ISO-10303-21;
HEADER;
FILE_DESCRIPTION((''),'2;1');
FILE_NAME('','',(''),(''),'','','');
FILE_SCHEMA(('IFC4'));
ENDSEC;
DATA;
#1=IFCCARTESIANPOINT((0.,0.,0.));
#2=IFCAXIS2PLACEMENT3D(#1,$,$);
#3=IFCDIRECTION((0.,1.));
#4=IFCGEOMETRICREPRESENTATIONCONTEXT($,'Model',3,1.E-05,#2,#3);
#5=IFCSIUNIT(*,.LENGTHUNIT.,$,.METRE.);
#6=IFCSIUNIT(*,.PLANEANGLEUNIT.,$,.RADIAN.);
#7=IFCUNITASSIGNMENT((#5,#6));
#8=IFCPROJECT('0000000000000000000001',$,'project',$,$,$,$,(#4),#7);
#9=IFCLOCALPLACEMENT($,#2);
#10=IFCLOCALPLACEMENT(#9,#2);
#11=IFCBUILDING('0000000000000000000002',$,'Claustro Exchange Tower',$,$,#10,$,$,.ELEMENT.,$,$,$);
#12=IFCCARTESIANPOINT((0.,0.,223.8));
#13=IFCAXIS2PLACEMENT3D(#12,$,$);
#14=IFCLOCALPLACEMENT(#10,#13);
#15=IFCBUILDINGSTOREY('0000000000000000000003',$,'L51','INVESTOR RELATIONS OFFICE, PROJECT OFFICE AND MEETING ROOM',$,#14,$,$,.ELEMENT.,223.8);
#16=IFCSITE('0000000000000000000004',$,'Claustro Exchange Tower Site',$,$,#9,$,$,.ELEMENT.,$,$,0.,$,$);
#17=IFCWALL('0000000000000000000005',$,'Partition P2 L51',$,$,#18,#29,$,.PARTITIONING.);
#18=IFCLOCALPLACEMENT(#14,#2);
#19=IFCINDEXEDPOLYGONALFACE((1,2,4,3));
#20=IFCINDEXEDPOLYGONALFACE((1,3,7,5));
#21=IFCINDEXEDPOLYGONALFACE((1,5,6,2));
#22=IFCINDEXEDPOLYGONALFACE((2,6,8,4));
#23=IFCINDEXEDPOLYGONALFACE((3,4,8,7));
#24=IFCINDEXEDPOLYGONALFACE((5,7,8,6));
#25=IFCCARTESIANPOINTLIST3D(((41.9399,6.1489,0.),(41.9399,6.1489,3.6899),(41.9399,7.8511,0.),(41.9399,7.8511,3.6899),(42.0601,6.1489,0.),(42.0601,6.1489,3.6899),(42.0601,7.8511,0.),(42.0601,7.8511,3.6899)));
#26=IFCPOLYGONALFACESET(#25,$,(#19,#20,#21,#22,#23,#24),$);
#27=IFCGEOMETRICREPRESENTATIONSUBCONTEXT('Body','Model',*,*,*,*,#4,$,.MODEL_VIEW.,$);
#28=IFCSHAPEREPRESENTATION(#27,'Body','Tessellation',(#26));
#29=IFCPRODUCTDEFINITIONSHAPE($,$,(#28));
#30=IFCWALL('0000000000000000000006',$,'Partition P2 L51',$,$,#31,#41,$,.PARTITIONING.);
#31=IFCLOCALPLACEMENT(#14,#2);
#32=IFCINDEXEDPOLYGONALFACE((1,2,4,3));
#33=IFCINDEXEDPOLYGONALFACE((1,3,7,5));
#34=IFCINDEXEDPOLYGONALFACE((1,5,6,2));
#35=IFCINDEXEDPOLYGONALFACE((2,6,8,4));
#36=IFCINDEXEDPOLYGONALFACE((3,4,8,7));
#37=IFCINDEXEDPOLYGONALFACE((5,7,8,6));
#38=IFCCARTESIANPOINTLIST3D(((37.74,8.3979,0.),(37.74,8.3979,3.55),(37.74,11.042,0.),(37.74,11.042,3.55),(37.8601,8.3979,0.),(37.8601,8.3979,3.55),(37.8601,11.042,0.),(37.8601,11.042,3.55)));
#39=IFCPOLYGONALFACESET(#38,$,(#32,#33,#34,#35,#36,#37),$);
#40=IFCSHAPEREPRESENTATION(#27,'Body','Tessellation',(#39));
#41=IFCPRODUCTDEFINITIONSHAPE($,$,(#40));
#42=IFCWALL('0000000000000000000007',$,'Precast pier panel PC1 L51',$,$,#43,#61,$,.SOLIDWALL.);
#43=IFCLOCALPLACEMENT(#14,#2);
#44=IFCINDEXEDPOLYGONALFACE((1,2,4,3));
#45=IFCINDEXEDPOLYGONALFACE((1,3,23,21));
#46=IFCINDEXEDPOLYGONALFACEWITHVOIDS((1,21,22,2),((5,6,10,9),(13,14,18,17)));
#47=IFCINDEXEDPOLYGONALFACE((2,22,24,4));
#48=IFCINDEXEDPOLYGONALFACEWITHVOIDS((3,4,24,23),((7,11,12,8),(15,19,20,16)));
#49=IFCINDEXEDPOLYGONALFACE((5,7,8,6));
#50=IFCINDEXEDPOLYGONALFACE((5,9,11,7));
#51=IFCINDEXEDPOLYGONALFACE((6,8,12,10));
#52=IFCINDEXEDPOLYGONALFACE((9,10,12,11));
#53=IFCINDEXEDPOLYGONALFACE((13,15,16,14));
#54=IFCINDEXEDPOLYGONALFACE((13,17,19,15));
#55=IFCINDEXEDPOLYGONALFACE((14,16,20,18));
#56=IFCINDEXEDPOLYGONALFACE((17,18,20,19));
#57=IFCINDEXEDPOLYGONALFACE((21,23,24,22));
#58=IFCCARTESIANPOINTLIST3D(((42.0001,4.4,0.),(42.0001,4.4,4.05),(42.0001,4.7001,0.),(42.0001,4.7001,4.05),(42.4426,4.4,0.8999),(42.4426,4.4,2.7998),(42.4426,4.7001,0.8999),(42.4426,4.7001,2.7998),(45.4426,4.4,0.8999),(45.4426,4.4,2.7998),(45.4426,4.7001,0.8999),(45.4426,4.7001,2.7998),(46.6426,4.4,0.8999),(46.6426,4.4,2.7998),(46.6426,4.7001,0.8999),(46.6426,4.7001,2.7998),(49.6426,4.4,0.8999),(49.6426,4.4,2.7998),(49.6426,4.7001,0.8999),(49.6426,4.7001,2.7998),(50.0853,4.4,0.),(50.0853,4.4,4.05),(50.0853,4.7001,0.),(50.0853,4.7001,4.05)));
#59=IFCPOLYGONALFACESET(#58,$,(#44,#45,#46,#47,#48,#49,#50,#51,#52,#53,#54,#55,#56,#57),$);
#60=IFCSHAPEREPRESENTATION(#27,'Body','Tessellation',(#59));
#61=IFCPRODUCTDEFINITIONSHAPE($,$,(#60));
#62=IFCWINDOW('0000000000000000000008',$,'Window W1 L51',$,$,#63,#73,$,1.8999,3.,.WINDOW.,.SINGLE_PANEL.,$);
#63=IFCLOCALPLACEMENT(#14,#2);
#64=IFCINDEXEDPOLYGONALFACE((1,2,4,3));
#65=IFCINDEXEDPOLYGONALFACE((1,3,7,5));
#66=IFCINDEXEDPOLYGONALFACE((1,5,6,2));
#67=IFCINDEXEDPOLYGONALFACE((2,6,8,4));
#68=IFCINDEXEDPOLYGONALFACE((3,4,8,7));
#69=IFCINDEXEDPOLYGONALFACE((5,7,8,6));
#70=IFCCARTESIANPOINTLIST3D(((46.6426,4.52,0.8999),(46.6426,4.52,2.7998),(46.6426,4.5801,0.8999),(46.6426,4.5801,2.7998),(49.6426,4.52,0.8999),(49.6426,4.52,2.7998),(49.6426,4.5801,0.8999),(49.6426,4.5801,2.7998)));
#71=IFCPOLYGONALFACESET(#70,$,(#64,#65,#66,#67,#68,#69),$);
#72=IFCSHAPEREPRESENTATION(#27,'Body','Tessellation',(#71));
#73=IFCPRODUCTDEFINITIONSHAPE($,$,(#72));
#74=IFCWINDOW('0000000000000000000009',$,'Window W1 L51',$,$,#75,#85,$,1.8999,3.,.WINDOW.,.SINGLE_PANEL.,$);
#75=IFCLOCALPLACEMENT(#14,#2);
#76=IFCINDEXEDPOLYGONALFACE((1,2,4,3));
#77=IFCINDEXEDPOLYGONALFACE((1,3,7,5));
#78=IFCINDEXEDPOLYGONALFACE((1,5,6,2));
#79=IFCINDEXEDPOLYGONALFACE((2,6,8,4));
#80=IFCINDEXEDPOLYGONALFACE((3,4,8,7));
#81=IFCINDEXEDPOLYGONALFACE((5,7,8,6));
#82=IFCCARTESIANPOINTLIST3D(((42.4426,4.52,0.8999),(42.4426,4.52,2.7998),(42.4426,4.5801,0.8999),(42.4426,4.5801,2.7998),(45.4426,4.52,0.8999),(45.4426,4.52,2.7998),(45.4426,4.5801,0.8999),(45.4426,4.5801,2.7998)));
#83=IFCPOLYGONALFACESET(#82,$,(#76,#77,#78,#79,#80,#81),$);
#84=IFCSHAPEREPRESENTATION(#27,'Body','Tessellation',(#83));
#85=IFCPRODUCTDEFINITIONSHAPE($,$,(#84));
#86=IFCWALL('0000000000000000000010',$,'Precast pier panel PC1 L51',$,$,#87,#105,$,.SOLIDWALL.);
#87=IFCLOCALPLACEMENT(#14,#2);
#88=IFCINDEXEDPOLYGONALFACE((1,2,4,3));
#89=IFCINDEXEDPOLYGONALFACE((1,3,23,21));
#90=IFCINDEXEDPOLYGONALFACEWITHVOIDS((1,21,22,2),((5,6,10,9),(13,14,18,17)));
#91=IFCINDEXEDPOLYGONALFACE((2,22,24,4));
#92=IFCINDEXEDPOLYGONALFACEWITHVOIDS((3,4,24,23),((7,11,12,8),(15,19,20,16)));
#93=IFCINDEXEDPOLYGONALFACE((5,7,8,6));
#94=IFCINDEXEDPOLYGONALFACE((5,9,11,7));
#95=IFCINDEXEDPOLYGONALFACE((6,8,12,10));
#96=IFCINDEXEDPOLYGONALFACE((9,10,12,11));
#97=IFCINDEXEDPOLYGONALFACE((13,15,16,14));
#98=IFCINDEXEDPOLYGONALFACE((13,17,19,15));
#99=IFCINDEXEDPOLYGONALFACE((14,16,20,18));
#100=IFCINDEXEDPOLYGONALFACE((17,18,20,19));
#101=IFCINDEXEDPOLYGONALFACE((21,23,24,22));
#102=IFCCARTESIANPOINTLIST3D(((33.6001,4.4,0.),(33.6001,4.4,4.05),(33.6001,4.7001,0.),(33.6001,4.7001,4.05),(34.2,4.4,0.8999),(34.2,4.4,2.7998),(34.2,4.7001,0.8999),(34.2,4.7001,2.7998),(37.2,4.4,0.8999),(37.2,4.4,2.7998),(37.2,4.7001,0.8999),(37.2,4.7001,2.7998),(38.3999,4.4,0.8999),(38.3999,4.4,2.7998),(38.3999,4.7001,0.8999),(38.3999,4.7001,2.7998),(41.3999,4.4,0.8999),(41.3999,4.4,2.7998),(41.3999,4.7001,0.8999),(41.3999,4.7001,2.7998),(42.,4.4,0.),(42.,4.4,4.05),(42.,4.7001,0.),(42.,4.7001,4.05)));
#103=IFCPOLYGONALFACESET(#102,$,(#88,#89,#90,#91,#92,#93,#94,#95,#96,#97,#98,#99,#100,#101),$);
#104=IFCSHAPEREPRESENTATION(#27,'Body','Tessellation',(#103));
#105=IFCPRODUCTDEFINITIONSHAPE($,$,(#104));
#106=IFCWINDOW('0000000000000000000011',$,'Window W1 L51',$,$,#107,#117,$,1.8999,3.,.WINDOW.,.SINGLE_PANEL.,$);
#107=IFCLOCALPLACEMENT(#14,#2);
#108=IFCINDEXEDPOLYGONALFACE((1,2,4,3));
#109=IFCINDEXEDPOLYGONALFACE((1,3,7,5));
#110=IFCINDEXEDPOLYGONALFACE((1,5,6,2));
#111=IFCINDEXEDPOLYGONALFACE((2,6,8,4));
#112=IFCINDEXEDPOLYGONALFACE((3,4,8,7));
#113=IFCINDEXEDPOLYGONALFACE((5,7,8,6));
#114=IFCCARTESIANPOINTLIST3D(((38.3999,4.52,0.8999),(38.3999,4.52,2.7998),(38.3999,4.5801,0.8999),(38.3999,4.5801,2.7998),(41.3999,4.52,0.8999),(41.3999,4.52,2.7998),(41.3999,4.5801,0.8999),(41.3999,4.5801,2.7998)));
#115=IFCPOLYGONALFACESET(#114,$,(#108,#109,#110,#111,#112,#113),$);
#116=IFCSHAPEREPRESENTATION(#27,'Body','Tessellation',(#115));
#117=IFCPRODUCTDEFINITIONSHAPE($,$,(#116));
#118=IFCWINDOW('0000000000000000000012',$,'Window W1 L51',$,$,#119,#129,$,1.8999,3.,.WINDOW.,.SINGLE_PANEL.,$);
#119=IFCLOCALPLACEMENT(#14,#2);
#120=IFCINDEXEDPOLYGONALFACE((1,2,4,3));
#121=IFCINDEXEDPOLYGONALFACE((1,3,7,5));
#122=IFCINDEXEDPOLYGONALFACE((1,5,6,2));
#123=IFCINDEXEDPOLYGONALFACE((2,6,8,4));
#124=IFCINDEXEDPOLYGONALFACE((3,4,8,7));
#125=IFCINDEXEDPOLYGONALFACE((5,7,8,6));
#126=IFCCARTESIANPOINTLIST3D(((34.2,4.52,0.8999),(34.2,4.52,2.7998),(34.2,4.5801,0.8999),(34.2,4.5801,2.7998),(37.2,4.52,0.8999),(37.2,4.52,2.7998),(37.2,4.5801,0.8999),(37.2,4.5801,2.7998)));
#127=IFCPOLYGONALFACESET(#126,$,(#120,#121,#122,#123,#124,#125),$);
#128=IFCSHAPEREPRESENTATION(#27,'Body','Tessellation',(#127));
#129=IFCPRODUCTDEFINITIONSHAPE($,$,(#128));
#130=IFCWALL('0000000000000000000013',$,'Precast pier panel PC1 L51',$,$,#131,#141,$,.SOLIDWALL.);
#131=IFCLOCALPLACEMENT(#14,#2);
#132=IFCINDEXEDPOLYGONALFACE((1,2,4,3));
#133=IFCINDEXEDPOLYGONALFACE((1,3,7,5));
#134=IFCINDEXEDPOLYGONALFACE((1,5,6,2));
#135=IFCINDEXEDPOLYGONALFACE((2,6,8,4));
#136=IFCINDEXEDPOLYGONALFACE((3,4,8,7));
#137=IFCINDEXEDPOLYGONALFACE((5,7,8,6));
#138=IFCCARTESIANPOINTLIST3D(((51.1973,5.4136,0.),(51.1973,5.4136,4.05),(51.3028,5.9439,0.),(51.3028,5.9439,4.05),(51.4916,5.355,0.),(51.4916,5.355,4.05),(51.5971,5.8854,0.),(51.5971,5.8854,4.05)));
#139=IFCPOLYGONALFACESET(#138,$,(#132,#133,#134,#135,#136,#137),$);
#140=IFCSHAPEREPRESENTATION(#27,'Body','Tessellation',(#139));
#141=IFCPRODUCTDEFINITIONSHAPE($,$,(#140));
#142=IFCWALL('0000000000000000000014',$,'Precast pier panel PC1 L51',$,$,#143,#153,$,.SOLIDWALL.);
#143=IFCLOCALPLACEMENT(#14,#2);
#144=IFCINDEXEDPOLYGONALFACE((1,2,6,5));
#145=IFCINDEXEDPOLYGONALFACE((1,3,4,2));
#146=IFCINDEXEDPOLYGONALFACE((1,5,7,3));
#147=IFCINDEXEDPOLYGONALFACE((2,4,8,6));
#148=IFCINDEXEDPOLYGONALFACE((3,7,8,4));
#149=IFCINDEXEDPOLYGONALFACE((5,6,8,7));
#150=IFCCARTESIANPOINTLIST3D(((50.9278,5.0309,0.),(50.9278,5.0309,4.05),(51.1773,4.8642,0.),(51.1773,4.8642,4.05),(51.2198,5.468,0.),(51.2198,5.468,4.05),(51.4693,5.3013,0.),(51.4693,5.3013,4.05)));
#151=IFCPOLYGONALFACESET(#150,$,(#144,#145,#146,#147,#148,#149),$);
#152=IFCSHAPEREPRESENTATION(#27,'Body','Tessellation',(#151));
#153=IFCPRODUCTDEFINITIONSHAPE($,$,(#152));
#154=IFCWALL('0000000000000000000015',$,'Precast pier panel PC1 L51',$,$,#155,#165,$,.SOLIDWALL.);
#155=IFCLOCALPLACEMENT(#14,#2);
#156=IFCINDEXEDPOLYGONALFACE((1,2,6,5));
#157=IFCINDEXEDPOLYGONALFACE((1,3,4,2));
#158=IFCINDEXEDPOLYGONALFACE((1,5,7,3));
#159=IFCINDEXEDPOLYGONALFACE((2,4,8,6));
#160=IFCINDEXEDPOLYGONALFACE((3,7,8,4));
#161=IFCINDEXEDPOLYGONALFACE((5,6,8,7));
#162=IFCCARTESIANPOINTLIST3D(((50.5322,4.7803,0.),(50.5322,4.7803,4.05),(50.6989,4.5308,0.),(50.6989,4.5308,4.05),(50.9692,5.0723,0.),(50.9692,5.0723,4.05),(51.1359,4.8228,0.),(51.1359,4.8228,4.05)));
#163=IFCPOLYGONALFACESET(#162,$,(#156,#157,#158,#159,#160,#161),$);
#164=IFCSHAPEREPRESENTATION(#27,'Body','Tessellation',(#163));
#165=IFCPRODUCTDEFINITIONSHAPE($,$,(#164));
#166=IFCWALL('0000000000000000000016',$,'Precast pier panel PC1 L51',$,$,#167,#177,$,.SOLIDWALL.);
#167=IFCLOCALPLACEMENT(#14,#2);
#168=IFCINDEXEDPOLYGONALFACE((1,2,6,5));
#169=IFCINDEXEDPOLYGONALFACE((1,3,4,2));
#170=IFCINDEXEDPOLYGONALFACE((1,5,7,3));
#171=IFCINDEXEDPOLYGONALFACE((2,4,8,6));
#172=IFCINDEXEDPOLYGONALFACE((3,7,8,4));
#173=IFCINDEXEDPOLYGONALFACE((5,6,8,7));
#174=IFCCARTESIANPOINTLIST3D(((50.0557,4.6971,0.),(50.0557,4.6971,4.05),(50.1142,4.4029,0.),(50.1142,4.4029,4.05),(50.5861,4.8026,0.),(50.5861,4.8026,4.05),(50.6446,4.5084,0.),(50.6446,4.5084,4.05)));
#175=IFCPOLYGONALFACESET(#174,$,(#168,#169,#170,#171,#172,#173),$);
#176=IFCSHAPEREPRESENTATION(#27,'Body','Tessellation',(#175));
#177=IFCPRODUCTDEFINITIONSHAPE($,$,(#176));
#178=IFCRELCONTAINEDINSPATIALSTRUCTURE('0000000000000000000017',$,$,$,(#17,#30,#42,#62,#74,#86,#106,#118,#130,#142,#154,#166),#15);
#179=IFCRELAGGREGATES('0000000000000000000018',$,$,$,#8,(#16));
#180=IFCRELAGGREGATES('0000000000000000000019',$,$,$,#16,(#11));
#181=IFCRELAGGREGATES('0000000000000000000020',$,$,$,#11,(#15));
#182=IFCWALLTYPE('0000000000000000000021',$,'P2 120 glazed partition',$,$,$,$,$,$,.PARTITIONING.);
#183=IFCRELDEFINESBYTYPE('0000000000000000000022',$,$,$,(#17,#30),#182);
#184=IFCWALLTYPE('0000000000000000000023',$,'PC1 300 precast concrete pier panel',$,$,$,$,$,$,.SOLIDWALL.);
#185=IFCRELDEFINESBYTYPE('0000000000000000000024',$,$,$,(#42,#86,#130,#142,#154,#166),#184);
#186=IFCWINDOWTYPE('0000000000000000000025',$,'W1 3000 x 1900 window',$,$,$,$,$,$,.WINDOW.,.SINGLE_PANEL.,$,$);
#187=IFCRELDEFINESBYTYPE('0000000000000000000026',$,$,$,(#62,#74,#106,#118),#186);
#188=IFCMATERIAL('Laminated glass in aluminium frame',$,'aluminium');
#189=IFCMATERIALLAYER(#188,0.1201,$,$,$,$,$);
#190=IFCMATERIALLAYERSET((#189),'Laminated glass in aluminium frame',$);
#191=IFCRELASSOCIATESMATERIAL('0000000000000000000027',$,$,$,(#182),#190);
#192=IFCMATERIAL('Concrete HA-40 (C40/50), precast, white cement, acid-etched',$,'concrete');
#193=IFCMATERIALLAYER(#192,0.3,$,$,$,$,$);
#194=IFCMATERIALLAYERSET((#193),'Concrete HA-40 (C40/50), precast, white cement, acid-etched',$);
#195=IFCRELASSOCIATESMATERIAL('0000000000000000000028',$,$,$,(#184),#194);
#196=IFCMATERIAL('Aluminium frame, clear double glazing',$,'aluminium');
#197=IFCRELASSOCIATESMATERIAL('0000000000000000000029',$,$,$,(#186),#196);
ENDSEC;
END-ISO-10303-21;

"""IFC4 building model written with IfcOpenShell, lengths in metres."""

from ifc_helpers import new_model, si_unit, direction, frame, frame_2d, origin, place, context, subcontext, project, spatial, rectangle, extrude, material, layer, layer_set, type_object, element, fill, save


model = new_model("IFC4")

# Units and contexts
model_context = context("Model", 3, precision=1e-05, world=origin(), true_north=direction((0.0, 1.0)))
body_context = subcontext(model_context, "Body", "Model", "MODEL_VIEW")
ifc_project = project(units=[si_unit("LENGTHUNIT", "METRE"), si_unit("PLANEANGLEUNIT", "RADIAN")], contexts=[model_context])

# Site, building, storey
site_placement = place(None, origin())
site = spatial("IfcSite", under=ifc_project, at=site_placement, Name="Claustro Exchange Tower Site", CompositionType="ELEMENT", RefElevation=0.0)
building_placement = place(site_placement, origin())
building = spatial("IfcBuilding", under=site, at=building_placement, Name="Claustro Exchange Tower", CompositionType="ELEMENT")
storey_placement = place(building_placement, frame((0.0, 0.0, 223.8)))
storey = spatial("IfcBuildingStorey", under=building, at=storey_placement, Name="L51", Description="INVESTOR RELATIONS OFFICE, PROJECT OFFICE AND MEETING ROOM", CompositionType="ELEMENT", Elevation=223.8)

# Shared definitions
ifc_material_1 = material(Name="Laminated glass in aluminium frame", Category="aluminium")
ifc_layer_1 = layer(ifc_material_1, 0.1201)
ifc_layer_set_1 = layer_set([ifc_layer_1], Name="Laminated glass in aluminium frame")
wall_type_1 = type_object("IfcWallType", Name="P2 120 glazed partition", PredefinedType="PARTITIONING", material=ifc_layer_set_1)

# Walls
wall_1_placement = place(storey_placement, frame((42.0, 6.1489, 0.0), z_axis=(0.0, 0.0, 1.0), x_axis=(0.0, 1.0, 0.0)))
element("IfcWall", 1, at=wall_1_placement, inside=storey, type_object=wall_type_1, Name="Partition P2 L51", PredefinedType="PARTITIONING", context=body_context, shape_type="SweptSolid", body=[
    extrude(rectangle(XDim=1.7021, YDim=0.1201, at=frame_2d((0.8511, 0.0))), origin(), (0.0, 0.0, 1.0), 3.6899),
])
wall_2_placement = place(storey_placement, frame((37.8, 8.3979, 0.0), z_axis=(0.0, 0.0, 1.0), x_axis=(0.0, 1.0, 0.0)))
element("IfcWall", 2, at=wall_2_placement, inside=storey, type_object=wall_type_1, Name="Partition P2 L51", PredefinedType="PARTITIONING", context=body_context, shape_type="SweptSolid", body=[
    extrude(rectangle(XDim=2.644, YDim=0.1201, at=frame_2d((1.322, 0.0))), origin(), (0.0, 0.0, 1.0), 3.55),
])

# Walls, openings, windows
ifc_material_2 = material(Name="Concrete HA-40 (C40/50), precast, white cement, acid-etched", Category="concrete")
ifc_layer_2 = layer(ifc_material_2, 0.3)
ifc_layer_set_2 = layer_set([ifc_layer_2], Name="Concrete HA-40 (C40/50), precast, white cement, acid-etched")
wall_type_2 = type_object("IfcWallType", Name="PC1 300 precast concrete pier panel", PredefinedType="SOLIDWALL", material=ifc_layer_set_2)
wall_3_placement = place(storey_placement, frame((50.0852, 4.55, 0.0), z_axis=(0.0, 0.0, 1.0), x_axis=(-1.0, 0.0, 0.0)))
wall_3 = element("IfcWall", 3, at=wall_3_placement, inside=storey, type_object=wall_type_2, Name="Precast pier panel PC1 L51", PredefinedType="SOLIDWALL", context=body_context, shape_type="SweptSolid", body=[
    extrude(rectangle(XDim=8.0852, YDim=0.3, at=frame_2d((4.0425, 0.0))), origin(), (0.0, 0.0, 1.0), 4.05),
])
opening_1_placement = place(wall_3_placement, frame((0.4426, 0.0, 0.8999)))
opening_1 = element("IfcOpeningElement", 4, at=opening_1_placement, cuts=wall_3, PredefinedType="OPENING", context=body_context, shape_type="SweptSolid", body=[
    extrude(rectangle(XDim=3.0, YDim=1.8999, at=frame_2d((1.5, 0.95))), frame((0.0, 0.1599, 0.0), z_axis=(0.0, -1.0, 0.0), x_axis=(1.0, 0.0, 0.0)), (0.0, 0.0, 1.0), 0.3201),
])
opening_2_placement = place(wall_3_placement, frame((4.6426, 0.0, 0.8999)))
opening_2 = element("IfcOpeningElement", 5, at=opening_2_placement, cuts=wall_3, PredefinedType="OPENING", context=body_context, shape_type="SweptSolid", body=[
    extrude(rectangle(XDim=3.0, YDim=1.8999, at=frame_2d((1.5, 0.95))), frame((0.0, 0.1599, 0.0), z_axis=(0.0, -1.0, 0.0), x_axis=(1.0, 0.0, 0.0)), (0.0, 0.0, 1.0), 0.3201),
])
ifc_material_3 = material(Name="Aluminium frame, clear double glazing", Category="aluminium")
window_type = type_object("IfcWindowType", Name="W1 3000 x 1900 window", PartitioningType="SINGLE_PANEL", PredefinedType="WINDOW", material=ifc_material_3)
window_1_placement = place(opening_1_placement, origin())
window_1 = element("IfcWindow", 6, at=window_1_placement, inside=storey, type_object=window_type, Name="Window W1 L51", OverallHeight=1.8999, OverallWidth=3.0, PartitioningType="SINGLE_PANEL", PredefinedType="WINDOW", context=body_context, shape_type="SweptSolid", body=[
    extrude(rectangle(XDim=3.0, YDim=1.8999, at=frame_2d((1.5, 0.95))), frame((0.0, 0.03, 0.0), z_axis=(0.0, -1.0, 0.0), x_axis=(1.0, 0.0, 0.0)), (0.0, 0.0, 1.0), 0.0601),
])
fill(opening_1, window_1)
window_2_placement = place(opening_2_placement, origin())
window_2 = element("IfcWindow", 7, at=window_2_placement, inside=storey, type_object=window_type, Name="Window W1 L51", OverallHeight=1.8999, OverallWidth=3.0, PartitioningType="SINGLE_PANEL", PredefinedType="WINDOW", context=body_context, shape_type="SweptSolid", body=[
    extrude(rectangle(XDim=3.0, YDim=1.8999, at=frame_2d((1.5, 0.95))), frame((0.0, 0.03, 0.0), z_axis=(0.0, -1.0, 0.0), x_axis=(1.0, 0.0, 0.0)), (0.0, 0.0, 1.0), 0.0601),
])
fill(opening_2, window_2)
wall_4_placement = place(storey_placement, frame((42.0, 4.55, 0.0), z_axis=(0.0, 0.0, 1.0), x_axis=(-1.0, 0.0, 0.0)))
wall_4 = element("IfcWall", 8, at=wall_4_placement, inside=storey, type_object=wall_type_2, Name="Precast pier panel PC1 L51", PredefinedType="SOLIDWALL", context=body_context, shape_type="SweptSolid", body=[
    extrude(rectangle(XDim=8.3999, YDim=0.3, at=frame_2d((4.2, 0.0))), origin(), (0.0, 0.0, 1.0), 4.05),
])
opening_3_placement = place(wall_4_placement, frame((0.6001, 0.0, 0.8999)))
opening_3 = element("IfcOpeningElement", 9, at=opening_3_placement, cuts=wall_4, PredefinedType="OPENING", context=body_context, shape_type="SweptSolid", body=[
    extrude(rectangle(XDim=3.0, YDim=1.8999, at=frame_2d((1.5, 0.95))), frame((0.0, 0.1599, 0.0), z_axis=(0.0, -1.0, 0.0), x_axis=(1.0, 0.0, 0.0)), (0.0, 0.0, 1.0), 0.3201),
])
opening_4_placement = place(wall_4_placement, frame((4.8, 0.0, 0.8999)))
opening_4 = element("IfcOpeningElement", 10, at=opening_4_placement, cuts=wall_4, PredefinedType="OPENING", context=body_context, shape_type="SweptSolid", body=[
    extrude(rectangle(XDim=3.0, YDim=1.8999, at=frame_2d((1.5, 0.95))), frame((0.0, 0.1599, 0.0), z_axis=(0.0, -1.0, 0.0), x_axis=(1.0, 0.0, 0.0)), (0.0, 0.0, 1.0), 0.3201),
])
window_3_placement = place(opening_3_placement, origin())
window_3 = element("IfcWindow", 11, at=window_3_placement, inside=storey, type_object=window_type, Name="Window W1 L51", OverallHeight=1.8999, OverallWidth=3.0, PartitioningType="SINGLE_PANEL", PredefinedType="WINDOW", context=body_context, shape_type="SweptSolid", body=[
    extrude(rectangle(XDim=3.0, YDim=1.8999, at=frame_2d((1.5, 0.95))), frame((0.0, 0.03, 0.0), z_axis=(0.0, -1.0, 0.0), x_axis=(1.0, 0.0, 0.0)), (0.0, 0.0, 1.0), 0.0601),
])
fill(opening_3, window_3)
window_4_placement = place(opening_4_placement, origin())
window_4 = element("IfcWindow", 12, at=window_4_placement, inside=storey, type_object=window_type, Name="Window W1 L51", OverallHeight=1.8999, OverallWidth=3.0, PartitioningType="SINGLE_PANEL", PredefinedType="WINDOW", context=body_context, shape_type="SweptSolid", body=[
    extrude(rectangle(XDim=3.0, YDim=1.8999, at=frame_2d((1.5, 0.95))), frame((0.0, 0.03, 0.0), z_axis=(0.0, -1.0, 0.0), x_axis=(1.0, 0.0, 0.0)), (0.0, 0.0, 1.0), 0.0601),
])
fill(opening_4, window_4)

# Walls
wall_5_placement = place(storey_placement, frame((51.45, 5.9148, 0.0), z_axis=(0.0, 0.0, 1.0), x_axis=(-0.195074, -0.980789, 0.0)))
element("IfcWall", 13, at=wall_5_placement, inside=storey, type_object=wall_type_2, Name="Precast pier panel PC1 L51", PredefinedType="SOLIDWALL", context=body_context, shape_type="SweptSolid", body=[
    extrude(rectangle(XDim=0.5408, YDim=0.3, at=frame_2d((0.2705, 0.0))), origin(), (0.0, 0.0, 1.0), 4.05),
])
for number, where, z_axis, x_axis, name in (
    (14, (51.3445, 5.3845, 0.0), (0.0, 0.0, 1.0), (-0.555557, -0.831478, 0.0), "Precast pier panel PC1 L51"),
    (15, (51.0525, 4.9475, 0.0), (0.0, 0.0, 1.0), (-0.831478, -0.555557, 0.0), "Precast pier panel PC1 L51"),
):
    element("IfcWall", number, at=place(storey_placement, frame(where, z_axis=z_axis, x_axis=x_axis)), inside=storey, type_object=wall_type_2, Name=name, PredefinedType="SOLIDWALL", context=body_context, shape_type="SweptSolid", body=[
        extrude(rectangle(XDim=0.5256, YDim=0.3, at=frame_2d((0.2627, 0.0))), origin(), (0.0, 0.0, 1.0), 4.05),
    ])
wall_6_placement = place(storey_placement, frame((50.6155, 4.6555, 0.0), z_axis=(0.0, 0.0, 1.0), x_axis=(-0.980789, -0.195074, 0.0)))
element("IfcWall", 16, at=wall_6_placement, inside=storey, type_object=wall_type_2, Name="Precast pier panel PC1 L51", PredefinedType="SOLIDWALL", context=body_context, shape_type="SweptSolid", body=[
    extrude(rectangle(XDim=0.5408, YDim=0.3, at=frame_2d((0.2705, 0.0))), origin(), (0.0, 0.0, 1.0), 4.05),
])

save(model, "model.ifc")
